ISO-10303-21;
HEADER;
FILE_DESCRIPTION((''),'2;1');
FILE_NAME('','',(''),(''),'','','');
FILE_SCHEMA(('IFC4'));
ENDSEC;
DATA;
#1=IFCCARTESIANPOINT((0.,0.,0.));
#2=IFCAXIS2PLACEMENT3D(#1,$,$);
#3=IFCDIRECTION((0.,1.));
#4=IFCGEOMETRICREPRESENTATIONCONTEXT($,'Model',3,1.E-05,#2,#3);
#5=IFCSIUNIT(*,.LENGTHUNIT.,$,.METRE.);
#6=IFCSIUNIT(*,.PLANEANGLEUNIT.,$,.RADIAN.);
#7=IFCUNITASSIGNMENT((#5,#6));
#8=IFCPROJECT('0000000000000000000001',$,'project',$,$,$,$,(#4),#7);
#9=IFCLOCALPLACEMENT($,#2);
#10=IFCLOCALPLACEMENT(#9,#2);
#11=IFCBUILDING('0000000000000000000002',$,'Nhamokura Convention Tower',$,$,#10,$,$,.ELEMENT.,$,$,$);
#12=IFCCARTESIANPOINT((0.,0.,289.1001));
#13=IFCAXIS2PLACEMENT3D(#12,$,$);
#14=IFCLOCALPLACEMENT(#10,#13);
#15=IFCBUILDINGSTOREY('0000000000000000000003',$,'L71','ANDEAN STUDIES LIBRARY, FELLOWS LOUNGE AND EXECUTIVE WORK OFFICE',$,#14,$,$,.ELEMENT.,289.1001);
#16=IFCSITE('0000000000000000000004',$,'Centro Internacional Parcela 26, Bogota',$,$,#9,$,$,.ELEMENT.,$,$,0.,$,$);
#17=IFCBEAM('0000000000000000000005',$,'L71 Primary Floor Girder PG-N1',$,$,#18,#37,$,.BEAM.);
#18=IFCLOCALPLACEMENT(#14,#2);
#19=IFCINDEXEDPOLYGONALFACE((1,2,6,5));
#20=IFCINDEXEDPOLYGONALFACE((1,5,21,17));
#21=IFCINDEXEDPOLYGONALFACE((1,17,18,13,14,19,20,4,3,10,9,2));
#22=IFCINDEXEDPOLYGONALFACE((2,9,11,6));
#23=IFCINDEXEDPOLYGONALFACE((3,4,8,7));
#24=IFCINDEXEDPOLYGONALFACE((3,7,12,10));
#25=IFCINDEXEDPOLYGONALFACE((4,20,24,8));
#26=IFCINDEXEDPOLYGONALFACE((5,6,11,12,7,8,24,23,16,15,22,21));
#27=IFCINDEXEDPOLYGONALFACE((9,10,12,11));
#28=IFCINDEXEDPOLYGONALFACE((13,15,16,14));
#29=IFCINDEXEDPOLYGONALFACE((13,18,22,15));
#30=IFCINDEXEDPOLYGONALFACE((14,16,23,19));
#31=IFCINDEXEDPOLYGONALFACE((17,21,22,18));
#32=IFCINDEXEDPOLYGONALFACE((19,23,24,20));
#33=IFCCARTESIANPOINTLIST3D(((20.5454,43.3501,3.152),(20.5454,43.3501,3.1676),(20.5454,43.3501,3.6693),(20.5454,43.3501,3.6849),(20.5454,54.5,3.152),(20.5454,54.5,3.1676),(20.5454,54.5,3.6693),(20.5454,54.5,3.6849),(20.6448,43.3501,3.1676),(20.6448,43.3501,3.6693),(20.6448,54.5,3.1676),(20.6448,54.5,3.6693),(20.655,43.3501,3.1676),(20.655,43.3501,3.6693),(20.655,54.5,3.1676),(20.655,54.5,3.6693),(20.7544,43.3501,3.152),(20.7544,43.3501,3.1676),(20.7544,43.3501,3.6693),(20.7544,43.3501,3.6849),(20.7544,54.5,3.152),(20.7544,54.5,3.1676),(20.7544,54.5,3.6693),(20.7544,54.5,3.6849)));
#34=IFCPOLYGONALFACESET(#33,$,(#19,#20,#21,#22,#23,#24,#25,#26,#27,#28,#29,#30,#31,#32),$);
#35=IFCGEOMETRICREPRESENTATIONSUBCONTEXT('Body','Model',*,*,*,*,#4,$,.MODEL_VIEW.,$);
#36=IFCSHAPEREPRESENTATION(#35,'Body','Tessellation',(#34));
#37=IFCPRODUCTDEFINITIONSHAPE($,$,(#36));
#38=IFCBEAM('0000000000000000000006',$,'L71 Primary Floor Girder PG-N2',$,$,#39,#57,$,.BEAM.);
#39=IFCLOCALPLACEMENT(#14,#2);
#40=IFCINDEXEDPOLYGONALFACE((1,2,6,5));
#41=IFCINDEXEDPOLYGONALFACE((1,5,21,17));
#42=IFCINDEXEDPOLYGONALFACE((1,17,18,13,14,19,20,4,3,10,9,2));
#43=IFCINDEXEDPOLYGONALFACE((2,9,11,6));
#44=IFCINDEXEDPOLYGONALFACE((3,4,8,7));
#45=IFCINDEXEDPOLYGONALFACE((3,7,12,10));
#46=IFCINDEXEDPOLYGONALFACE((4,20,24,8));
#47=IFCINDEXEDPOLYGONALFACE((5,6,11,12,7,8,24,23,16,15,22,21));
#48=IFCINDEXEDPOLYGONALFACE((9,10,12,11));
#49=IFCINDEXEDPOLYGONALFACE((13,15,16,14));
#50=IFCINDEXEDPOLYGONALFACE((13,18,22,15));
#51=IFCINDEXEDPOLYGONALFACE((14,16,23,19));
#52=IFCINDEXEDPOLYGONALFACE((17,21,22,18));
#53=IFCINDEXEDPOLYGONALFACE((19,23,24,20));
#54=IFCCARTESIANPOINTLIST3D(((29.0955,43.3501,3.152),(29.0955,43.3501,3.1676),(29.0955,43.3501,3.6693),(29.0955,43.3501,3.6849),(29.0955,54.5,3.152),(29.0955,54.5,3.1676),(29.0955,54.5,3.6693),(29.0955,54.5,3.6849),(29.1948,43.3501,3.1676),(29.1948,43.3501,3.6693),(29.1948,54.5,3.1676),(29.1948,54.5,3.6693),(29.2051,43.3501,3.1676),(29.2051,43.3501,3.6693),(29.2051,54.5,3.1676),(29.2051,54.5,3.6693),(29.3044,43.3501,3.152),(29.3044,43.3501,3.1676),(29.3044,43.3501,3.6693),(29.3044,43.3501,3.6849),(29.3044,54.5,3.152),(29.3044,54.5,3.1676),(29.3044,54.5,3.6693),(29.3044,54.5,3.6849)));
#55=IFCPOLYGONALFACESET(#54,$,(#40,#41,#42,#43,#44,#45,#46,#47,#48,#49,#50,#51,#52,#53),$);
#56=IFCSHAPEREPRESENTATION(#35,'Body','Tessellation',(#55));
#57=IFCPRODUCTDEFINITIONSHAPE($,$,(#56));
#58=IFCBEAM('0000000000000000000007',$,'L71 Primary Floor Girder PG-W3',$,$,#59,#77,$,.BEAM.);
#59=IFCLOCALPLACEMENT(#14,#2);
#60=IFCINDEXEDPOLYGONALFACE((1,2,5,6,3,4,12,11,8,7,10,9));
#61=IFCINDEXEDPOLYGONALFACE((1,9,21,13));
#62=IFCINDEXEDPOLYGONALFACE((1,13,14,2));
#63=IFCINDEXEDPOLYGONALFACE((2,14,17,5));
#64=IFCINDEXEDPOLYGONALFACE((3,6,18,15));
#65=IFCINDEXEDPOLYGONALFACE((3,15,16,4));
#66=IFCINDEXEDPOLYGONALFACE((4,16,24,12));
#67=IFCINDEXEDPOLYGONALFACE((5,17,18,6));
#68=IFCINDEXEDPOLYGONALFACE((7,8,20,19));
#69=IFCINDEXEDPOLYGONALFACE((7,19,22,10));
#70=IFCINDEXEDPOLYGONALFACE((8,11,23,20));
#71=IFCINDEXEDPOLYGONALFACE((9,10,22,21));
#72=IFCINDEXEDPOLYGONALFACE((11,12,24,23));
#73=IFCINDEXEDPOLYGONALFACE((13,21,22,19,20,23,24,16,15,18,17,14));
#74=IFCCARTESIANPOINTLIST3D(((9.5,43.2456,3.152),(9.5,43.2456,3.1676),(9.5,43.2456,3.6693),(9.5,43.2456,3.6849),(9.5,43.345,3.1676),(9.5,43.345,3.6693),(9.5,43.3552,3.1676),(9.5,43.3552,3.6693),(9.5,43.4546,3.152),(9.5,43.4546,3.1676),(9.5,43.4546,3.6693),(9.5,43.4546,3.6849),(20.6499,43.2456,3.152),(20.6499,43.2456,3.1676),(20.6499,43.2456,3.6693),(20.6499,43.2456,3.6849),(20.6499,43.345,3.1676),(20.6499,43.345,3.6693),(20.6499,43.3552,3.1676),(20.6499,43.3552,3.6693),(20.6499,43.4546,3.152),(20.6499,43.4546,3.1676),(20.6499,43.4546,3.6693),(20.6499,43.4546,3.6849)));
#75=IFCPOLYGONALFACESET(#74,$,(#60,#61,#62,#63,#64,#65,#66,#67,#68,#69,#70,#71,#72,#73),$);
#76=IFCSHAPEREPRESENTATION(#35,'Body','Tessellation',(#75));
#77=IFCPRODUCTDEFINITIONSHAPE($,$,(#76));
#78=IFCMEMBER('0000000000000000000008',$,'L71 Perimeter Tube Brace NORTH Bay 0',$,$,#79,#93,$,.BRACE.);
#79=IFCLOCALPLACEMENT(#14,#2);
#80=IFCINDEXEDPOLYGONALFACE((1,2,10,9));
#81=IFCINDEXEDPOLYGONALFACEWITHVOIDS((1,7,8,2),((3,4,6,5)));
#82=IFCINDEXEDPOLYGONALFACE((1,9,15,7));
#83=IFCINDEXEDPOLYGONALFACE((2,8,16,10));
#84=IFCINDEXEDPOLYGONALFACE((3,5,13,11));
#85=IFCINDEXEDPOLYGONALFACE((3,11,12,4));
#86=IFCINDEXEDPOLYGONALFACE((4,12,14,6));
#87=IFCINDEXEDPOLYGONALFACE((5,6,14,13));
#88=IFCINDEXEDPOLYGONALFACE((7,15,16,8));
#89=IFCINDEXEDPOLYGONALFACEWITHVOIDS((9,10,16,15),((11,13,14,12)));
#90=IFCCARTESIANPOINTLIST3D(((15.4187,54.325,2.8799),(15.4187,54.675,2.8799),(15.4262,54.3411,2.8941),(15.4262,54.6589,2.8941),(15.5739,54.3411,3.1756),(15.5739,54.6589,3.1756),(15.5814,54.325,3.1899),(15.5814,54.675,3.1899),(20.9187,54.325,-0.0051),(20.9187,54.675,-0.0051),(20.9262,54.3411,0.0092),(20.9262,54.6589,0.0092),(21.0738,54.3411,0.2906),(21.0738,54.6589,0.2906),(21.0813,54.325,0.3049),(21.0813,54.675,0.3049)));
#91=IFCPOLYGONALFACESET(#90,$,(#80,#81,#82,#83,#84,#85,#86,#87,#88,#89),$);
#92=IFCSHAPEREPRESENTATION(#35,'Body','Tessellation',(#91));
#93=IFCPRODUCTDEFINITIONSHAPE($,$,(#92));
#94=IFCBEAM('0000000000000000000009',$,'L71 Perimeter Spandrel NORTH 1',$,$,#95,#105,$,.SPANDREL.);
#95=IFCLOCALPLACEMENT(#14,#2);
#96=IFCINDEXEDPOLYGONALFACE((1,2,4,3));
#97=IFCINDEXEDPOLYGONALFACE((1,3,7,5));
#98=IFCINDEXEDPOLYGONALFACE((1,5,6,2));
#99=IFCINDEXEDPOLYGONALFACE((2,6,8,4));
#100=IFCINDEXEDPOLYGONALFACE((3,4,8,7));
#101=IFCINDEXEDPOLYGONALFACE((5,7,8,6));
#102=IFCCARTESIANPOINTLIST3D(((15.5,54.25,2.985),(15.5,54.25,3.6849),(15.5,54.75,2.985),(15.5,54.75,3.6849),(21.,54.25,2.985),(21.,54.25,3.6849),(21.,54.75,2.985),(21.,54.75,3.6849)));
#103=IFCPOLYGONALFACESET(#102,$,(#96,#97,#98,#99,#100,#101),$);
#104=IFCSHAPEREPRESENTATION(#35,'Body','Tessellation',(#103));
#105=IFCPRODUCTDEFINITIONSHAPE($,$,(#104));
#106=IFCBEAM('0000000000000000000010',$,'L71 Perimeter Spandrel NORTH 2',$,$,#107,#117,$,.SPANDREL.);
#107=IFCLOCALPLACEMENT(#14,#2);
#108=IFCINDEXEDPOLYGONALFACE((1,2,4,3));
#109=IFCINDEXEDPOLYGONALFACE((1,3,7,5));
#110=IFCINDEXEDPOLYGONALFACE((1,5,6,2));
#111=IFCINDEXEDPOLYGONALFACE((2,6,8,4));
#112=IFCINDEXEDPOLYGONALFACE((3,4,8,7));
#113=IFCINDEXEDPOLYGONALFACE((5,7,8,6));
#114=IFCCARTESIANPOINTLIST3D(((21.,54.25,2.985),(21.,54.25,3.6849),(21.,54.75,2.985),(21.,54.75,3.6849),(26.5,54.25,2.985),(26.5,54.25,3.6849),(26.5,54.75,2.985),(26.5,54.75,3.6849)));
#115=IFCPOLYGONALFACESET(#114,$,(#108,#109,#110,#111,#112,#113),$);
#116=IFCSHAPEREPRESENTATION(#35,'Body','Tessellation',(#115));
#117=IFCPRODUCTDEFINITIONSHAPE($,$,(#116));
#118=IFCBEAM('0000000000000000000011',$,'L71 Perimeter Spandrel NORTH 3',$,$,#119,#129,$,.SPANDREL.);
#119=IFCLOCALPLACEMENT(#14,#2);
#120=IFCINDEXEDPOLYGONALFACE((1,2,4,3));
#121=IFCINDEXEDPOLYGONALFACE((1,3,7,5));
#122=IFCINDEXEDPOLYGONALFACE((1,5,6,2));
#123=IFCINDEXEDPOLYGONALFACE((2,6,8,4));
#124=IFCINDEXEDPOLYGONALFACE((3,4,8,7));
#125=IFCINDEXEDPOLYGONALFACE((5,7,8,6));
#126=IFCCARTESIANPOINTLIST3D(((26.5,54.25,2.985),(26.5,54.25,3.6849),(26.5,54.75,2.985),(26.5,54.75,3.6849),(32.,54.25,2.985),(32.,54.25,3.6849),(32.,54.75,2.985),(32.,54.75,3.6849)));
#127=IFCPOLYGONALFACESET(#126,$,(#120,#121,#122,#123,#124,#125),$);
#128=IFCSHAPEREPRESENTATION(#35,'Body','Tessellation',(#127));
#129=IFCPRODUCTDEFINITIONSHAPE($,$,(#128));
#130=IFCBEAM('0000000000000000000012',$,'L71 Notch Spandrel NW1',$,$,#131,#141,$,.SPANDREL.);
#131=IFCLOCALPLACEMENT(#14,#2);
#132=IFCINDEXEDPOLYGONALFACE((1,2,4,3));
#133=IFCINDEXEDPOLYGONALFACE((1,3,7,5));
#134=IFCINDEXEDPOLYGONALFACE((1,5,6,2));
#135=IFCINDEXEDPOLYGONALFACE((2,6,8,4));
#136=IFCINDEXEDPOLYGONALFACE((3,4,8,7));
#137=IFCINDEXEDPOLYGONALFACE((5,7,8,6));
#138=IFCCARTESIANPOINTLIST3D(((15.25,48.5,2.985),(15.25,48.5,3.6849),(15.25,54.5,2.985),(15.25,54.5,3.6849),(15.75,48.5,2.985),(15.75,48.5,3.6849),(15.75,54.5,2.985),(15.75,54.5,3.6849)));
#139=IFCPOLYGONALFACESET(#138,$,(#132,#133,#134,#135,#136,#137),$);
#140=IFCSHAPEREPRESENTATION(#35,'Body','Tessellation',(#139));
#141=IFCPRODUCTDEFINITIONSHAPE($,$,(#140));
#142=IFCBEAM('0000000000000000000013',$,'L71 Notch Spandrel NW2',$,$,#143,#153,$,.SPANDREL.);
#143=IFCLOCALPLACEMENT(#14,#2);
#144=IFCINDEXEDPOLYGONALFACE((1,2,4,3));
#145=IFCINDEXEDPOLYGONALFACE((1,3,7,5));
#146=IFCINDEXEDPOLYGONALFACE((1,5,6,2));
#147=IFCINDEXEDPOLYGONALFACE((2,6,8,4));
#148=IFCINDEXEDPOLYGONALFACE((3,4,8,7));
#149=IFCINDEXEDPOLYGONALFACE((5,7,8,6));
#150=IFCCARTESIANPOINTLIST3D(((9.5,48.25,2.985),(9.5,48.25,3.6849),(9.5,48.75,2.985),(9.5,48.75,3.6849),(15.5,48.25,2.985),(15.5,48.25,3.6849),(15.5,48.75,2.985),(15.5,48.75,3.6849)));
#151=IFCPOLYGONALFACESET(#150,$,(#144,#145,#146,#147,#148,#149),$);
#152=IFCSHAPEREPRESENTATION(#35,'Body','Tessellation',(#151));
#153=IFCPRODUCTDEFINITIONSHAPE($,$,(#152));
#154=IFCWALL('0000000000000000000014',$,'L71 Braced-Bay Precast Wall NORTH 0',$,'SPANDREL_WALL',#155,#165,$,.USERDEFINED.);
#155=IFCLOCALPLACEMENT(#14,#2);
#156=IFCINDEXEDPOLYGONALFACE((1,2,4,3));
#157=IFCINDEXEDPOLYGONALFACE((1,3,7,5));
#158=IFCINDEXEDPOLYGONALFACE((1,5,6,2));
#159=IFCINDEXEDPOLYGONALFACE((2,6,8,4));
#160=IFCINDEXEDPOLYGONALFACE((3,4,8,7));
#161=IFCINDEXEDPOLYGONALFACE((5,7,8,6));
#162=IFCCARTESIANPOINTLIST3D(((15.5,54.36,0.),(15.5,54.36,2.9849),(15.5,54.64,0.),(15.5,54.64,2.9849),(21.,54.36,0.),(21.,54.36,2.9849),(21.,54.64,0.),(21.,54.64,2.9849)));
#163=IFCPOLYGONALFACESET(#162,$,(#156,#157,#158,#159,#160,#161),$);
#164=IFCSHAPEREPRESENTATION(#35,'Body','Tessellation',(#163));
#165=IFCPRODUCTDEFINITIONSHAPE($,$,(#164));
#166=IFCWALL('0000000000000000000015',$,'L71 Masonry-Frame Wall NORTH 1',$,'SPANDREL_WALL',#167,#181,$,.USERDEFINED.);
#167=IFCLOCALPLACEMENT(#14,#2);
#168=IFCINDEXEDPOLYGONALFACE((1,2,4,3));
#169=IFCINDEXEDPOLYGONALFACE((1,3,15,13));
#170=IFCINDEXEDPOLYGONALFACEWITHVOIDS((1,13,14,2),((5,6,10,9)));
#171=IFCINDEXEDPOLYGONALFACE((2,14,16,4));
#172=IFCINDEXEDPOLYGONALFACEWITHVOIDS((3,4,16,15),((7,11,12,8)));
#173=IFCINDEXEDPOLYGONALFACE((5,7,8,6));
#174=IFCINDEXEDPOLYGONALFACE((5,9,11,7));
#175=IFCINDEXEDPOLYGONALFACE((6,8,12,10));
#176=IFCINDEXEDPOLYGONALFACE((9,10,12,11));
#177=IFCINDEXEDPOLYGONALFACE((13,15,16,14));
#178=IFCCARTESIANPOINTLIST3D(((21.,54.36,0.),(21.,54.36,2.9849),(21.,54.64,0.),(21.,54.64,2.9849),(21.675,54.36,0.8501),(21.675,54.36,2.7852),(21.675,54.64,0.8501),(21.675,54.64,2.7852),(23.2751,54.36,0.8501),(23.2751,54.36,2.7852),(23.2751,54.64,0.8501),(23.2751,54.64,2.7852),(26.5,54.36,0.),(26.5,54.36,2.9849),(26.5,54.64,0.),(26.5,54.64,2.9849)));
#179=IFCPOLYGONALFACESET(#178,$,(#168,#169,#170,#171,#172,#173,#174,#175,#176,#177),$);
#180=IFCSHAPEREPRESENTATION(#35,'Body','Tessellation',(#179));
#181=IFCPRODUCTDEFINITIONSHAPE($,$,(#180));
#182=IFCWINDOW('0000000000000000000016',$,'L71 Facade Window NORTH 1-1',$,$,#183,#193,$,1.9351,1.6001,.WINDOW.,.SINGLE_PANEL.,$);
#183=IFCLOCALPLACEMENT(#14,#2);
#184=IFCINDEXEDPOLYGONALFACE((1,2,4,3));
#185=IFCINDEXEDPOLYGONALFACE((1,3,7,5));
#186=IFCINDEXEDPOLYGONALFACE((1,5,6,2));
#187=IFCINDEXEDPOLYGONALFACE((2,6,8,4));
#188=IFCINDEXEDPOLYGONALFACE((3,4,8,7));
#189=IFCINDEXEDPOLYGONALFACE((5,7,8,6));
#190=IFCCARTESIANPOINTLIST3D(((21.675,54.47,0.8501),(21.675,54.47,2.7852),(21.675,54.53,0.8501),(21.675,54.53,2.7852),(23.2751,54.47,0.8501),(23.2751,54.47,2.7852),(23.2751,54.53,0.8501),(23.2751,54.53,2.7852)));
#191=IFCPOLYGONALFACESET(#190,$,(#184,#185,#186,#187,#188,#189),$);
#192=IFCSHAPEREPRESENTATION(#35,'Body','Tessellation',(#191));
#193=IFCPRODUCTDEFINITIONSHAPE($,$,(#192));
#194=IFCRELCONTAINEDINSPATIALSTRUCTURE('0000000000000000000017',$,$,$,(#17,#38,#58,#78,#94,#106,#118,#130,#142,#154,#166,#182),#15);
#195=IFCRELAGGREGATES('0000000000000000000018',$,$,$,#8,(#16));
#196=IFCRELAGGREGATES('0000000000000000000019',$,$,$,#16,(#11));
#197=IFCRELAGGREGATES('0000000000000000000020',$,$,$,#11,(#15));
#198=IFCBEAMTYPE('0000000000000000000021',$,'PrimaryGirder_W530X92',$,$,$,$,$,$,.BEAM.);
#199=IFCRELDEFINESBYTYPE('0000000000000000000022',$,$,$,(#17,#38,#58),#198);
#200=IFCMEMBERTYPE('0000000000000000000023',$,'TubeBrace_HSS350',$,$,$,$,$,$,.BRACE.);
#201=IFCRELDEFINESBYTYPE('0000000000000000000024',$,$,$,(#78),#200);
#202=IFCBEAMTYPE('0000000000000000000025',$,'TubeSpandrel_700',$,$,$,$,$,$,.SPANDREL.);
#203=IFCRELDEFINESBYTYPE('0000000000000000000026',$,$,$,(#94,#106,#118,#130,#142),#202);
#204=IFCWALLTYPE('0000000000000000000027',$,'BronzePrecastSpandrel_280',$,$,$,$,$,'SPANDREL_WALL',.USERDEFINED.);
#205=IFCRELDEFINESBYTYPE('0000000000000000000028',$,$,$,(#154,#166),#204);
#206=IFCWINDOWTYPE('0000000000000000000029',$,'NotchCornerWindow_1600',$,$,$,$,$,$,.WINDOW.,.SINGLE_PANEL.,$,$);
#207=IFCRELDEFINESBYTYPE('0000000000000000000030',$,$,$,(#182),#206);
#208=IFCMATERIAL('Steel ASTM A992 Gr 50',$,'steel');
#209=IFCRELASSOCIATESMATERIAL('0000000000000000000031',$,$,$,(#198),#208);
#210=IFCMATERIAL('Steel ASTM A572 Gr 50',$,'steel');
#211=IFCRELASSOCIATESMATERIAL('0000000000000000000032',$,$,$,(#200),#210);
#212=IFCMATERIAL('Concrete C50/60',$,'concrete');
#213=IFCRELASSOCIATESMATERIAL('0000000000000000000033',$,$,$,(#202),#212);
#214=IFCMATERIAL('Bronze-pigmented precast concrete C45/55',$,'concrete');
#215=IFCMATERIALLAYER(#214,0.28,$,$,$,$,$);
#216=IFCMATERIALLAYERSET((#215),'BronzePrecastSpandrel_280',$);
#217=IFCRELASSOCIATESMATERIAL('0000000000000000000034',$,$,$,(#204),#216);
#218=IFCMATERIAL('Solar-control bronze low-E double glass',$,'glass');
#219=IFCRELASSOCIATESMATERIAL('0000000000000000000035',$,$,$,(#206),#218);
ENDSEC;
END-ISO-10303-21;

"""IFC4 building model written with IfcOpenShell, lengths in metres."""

from ifc_helpers import new_model, si_unit, direction, frame, frame_2d, origin, origin_2d, place, context, subcontext, project, spatial, rectangle, hollow_rectangle, i_section, extrude, material, layer, layer_set, material_profile, profile_set, type_object, element, fill, save


model = new_model("IFC4")

# Units and contexts
model_context = context("Model", 3, precision=1e-05, world=origin(), true_north=direction((0.0, 1.0)))
body_context = subcontext(model_context, "Body", "Model", "MODEL_VIEW")
ifc_project = project(units=[si_unit("LENGTHUNIT", "METRE"), si_unit("PLANEANGLEUNIT", "RADIAN")], contexts=[model_context])

# Site, building, storey
site_placement = place(None, origin())
site = spatial("IfcSite", under=ifc_project, at=site_placement, Name="Centro Internacional Parcela 26, Bogota", CompositionType="ELEMENT", RefElevation=0.0)
building_placement = place(site_placement, origin())
building = spatial("IfcBuilding", under=site, at=building_placement, Name="Nhamokura Convention Tower", CompositionType="ELEMENT")
storey_placement = place(building_placement, frame((0.0, 0.0, 289.1001)))
storey = spatial("IfcBuildingStorey", under=building, at=storey_placement, Name="L71", Description="ANDEAN STUDIES LIBRARY, FELLOWS LOUNGE AND EXECUTIVE WORK OFFICE", CompositionType="ELEMENT", Elevation=289.1001)

# Beams
ifc_material_1 = material(Name="Steel ASTM A992 Gr 50", Category="steel")
ifc_material_profile_1 = material_profile(ifc_material_1, i_section(OverallWidth=0.209, OverallDepth=0.533, WebThickness=0.0103, FlangeThickness=0.0156, at=origin_2d()))
ifc_profile_set_1 = profile_set([ifc_material_profile_1], Name="Steel ASTM A992 Gr 50")
beam_type_1 = type_object("IfcBeamType", Name="PrimaryGirder_W530X92", PredefinedType="BEAM", material=ifc_profile_set_1)
for number, where, z_axis, x_axis, name in (
    (1, (20.6499, 43.3501, 3.4185), (0.0, 1.0, 0.0), (-1.0, 0.0, 0.0), "L71 Primary Floor Girder PG-N1"),
    (2, (29.2, 43.3501, 3.4185), (0.0, 1.0, 0.0), (-1.0, 0.0, 0.0), "L71 Primary Floor Girder PG-N2"),
    (3, (9.5, 43.3501, 3.4185), (1.0, 0.0, 0.0), (0.0, 1.0, 0.0), "L71 Primary Floor Girder PG-W3"),
):
    element("IfcBeam", number, at=place(storey_placement, frame(where, z_axis=z_axis, x_axis=x_axis)), inside=storey, type_object=beam_type_1, Name=name, PredefinedType="BEAM", context=body_context, shape_type="SweptSolid", body=[
        extrude(i_section(OverallWidth=0.209, OverallDepth=0.533, WebThickness=0.0103, FlangeThickness=0.0156, at=origin_2d()), origin(), (0.0, 0.0, 1.0), 11.1499),
    ])

# Member
ifc_material_2 = material(Name="Steel ASTM A572 Gr 50", Category="steel")
ifc_material_profile_2 = material_profile(ifc_material_2, hollow_rectangle(XDim=0.3501, YDim=0.3501, WallThickness=0.0161, at=origin_2d()))
ifc_profile_set_2 = profile_set([ifc_material_profile_2], Name="Steel ASTM A572 Gr 50")
member_type_1 = type_object("IfcMemberType", Name="TubeBrace_HSS350", PredefinedType="BRACE", material=ifc_profile_set_2)
member_1_placement = place(storey_placement, frame((21.0, 54.5, 0.1499), z_axis=(-0.885563, 0.0, 0.46452), x_axis=(0.0, -1.0, 0.0)))
element("IfcMember", 4, at=member_1_placement, inside=storey, type_object=member_type_1, Name="L71 Perimeter Tube Brace NORTH Bay 0", PredefinedType="BRACE", context=body_context, shape_type="SweptSolid", body=[
    extrude(hollow_rectangle(XDim=0.3501, YDim=0.3501, WallThickness=0.0161, at=origin_2d()), origin(), (0.0, 0.0, 1.0), 6.2107),
])

# Beams
ifc_material_3 = material(Name="Concrete C50/60", Category="concrete")
ifc_material_profile_3 = material_profile(ifc_material_3, rectangle(XDim=0.5, YDim=0.7, at=origin_2d()))
ifc_profile_set_3 = profile_set([ifc_material_profile_3], Name="Concrete C50/60")
beam_type_2 = type_object("IfcBeamType", Name="TubeSpandrel_700", PredefinedType="SPANDREL", material=ifc_profile_set_3)
for number, where, z_axis, x_axis, name in (
    (5, (15.5, 54.5, 3.335), (1.0, 0.0, 0.0), (0.0, 1.0, 0.0), "L71 Perimeter Spandrel NORTH 1"),
    (6, (21.0, 54.5, 3.335), (1.0, 0.0, 0.0), (0.0, 1.0, 0.0), "L71 Perimeter Spandrel NORTH 2"),
    (7, (26.5, 54.5, 3.335), (1.0, 0.0, 0.0), (0.0, 1.0, 0.0), "L71 Perimeter Spandrel NORTH 3"),
):
    element("IfcBeam", number, at=place(storey_placement, frame(where, z_axis=z_axis, x_axis=x_axis)), inside=storey, type_object=beam_type_2, Name=name, PredefinedType="SPANDREL", context=body_context, shape_type="SweptSolid", body=[
        extrude(rectangle(XDim=0.5, YDim=0.7, at=origin_2d()), origin(), (0.0, 0.0, 1.0), 5.5),
    ])
for number, where, z_axis, x_axis, name in (
    (8, (15.5, 54.5, 3.335), (0.0, -1.0, 0.0), (1.0, 0.0, 0.0), "L71 Notch Spandrel NW1"),
    (9, (15.5, 48.5, 3.335), (-1.0, 0.0, 0.0), (0.0, -1.0, 0.0), "L71 Notch Spandrel NW2"),
):
    element("IfcBeam", number, at=place(storey_placement, frame(where, z_axis=z_axis, x_axis=x_axis)), inside=storey, type_object=beam_type_2, Name=name, PredefinedType="SPANDREL", context=body_context, shape_type="SweptSolid", body=[
        extrude(rectangle(XDim=0.5, YDim=0.7, at=origin_2d()), origin(), (0.0, 0.0, 1.0), 6.0),
    ])

# Wall
ifc_material_4 = material(Name="Bronze-pigmented precast concrete C45/55", Category="concrete")
ifc_layer_1 = layer(ifc_material_4, 0.28)
ifc_layer_set_1 = layer_set([ifc_layer_1], Name="BronzePrecastSpandrel_280")
wall_type_1 = type_object("IfcWallType", Name="BronzePrecastSpandrel_280", ElementType="SPANDREL_WALL", PredefinedType="USERDEFINED", material=ifc_layer_set_1)
wall_1_placement = place(storey_placement, frame((15.5, 54.5, 0.0), z_axis=(0.0, 0.0, 1.0), x_axis=(1.0, 0.0, 0.0)))
element("IfcWall", 10, at=wall_1_placement, inside=storey, type_object=wall_type_1, Name="L71 Braced-Bay Precast Wall NORTH 0", ObjectType="SPANDREL_WALL", PredefinedType="USERDEFINED", context=body_context, shape_type="SweptSolid", body=[
    extrude(rectangle(XDim=5.5, YDim=0.28, at=frame_2d((2.75, 0.0))), origin(), (0.0, 0.0, 1.0), 2.9849),
])

# Wall, opening, window
wall_2_placement = place(storey_placement, frame((21.0, 54.5, 0.0), z_axis=(0.0, 0.0, 1.0), x_axis=(1.0, 0.0, 0.0)))
wall_2 = element("IfcWall", 11, at=wall_2_placement, inside=storey, type_object=wall_type_1, Name="L71 Masonry-Frame Wall NORTH 1", ObjectType="SPANDREL_WALL", PredefinedType="USERDEFINED", context=body_context, shape_type="SweptSolid", body=[
    extrude(rectangle(XDim=5.5, YDim=0.28, at=frame_2d((2.75, 0.0))), origin(), (0.0, 0.0, 1.0), 2.9849),
])
opening_1_placement = place(wall_2_placement, frame((0.675, 0.0, 0.8501)))
opening_1 = element("IfcOpeningElement", 12, at=opening_1_placement, cuts=wall_2, PredefinedType="OPENING", context=body_context, shape_type="SweptSolid", body=[
    extrude(rectangle(XDim=1.6001, YDim=1.9351, at=frame_2d((0.8, 0.9675))), frame((0.0, 0.1499, 0.0), z_axis=(0.0, -1.0, 0.0), x_axis=(1.0, 0.0, 0.0)), (0.0, 0.0, 1.0), 0.3),
])
ifc_material_5 = material(Name="Solar-control bronze low-E double glass", Category="glass")
window_type_1 = type_object("IfcWindowType", Name="NotchCornerWindow_1600", PartitioningType="SINGLE_PANEL", PredefinedType="WINDOW", material=ifc_material_5)
window_1_placement = place(opening_1_placement, origin())
window_1 = element("IfcWindow", 13, at=window_1_placement, inside=storey, type_object=window_type_1, Name="L71 Facade Window NORTH 1-1", OverallHeight=1.9351, OverallWidth=1.6001, PartitioningType="SINGLE_PANEL", PredefinedType="WINDOW", context=body_context, shape_type="SweptSolid", body=[
    extrude(rectangle(XDim=1.6001, YDim=1.9351, at=frame_2d((0.8, 0.9675))), frame((0.0, 0.03, 0.0), z_axis=(0.0, -1.0, 0.0), x_axis=(1.0, 0.0, 0.0)), (0.0, 0.0, 1.0), 0.0601),
])
fill(opening_1, window_1)

save(model, "model.ifc")
